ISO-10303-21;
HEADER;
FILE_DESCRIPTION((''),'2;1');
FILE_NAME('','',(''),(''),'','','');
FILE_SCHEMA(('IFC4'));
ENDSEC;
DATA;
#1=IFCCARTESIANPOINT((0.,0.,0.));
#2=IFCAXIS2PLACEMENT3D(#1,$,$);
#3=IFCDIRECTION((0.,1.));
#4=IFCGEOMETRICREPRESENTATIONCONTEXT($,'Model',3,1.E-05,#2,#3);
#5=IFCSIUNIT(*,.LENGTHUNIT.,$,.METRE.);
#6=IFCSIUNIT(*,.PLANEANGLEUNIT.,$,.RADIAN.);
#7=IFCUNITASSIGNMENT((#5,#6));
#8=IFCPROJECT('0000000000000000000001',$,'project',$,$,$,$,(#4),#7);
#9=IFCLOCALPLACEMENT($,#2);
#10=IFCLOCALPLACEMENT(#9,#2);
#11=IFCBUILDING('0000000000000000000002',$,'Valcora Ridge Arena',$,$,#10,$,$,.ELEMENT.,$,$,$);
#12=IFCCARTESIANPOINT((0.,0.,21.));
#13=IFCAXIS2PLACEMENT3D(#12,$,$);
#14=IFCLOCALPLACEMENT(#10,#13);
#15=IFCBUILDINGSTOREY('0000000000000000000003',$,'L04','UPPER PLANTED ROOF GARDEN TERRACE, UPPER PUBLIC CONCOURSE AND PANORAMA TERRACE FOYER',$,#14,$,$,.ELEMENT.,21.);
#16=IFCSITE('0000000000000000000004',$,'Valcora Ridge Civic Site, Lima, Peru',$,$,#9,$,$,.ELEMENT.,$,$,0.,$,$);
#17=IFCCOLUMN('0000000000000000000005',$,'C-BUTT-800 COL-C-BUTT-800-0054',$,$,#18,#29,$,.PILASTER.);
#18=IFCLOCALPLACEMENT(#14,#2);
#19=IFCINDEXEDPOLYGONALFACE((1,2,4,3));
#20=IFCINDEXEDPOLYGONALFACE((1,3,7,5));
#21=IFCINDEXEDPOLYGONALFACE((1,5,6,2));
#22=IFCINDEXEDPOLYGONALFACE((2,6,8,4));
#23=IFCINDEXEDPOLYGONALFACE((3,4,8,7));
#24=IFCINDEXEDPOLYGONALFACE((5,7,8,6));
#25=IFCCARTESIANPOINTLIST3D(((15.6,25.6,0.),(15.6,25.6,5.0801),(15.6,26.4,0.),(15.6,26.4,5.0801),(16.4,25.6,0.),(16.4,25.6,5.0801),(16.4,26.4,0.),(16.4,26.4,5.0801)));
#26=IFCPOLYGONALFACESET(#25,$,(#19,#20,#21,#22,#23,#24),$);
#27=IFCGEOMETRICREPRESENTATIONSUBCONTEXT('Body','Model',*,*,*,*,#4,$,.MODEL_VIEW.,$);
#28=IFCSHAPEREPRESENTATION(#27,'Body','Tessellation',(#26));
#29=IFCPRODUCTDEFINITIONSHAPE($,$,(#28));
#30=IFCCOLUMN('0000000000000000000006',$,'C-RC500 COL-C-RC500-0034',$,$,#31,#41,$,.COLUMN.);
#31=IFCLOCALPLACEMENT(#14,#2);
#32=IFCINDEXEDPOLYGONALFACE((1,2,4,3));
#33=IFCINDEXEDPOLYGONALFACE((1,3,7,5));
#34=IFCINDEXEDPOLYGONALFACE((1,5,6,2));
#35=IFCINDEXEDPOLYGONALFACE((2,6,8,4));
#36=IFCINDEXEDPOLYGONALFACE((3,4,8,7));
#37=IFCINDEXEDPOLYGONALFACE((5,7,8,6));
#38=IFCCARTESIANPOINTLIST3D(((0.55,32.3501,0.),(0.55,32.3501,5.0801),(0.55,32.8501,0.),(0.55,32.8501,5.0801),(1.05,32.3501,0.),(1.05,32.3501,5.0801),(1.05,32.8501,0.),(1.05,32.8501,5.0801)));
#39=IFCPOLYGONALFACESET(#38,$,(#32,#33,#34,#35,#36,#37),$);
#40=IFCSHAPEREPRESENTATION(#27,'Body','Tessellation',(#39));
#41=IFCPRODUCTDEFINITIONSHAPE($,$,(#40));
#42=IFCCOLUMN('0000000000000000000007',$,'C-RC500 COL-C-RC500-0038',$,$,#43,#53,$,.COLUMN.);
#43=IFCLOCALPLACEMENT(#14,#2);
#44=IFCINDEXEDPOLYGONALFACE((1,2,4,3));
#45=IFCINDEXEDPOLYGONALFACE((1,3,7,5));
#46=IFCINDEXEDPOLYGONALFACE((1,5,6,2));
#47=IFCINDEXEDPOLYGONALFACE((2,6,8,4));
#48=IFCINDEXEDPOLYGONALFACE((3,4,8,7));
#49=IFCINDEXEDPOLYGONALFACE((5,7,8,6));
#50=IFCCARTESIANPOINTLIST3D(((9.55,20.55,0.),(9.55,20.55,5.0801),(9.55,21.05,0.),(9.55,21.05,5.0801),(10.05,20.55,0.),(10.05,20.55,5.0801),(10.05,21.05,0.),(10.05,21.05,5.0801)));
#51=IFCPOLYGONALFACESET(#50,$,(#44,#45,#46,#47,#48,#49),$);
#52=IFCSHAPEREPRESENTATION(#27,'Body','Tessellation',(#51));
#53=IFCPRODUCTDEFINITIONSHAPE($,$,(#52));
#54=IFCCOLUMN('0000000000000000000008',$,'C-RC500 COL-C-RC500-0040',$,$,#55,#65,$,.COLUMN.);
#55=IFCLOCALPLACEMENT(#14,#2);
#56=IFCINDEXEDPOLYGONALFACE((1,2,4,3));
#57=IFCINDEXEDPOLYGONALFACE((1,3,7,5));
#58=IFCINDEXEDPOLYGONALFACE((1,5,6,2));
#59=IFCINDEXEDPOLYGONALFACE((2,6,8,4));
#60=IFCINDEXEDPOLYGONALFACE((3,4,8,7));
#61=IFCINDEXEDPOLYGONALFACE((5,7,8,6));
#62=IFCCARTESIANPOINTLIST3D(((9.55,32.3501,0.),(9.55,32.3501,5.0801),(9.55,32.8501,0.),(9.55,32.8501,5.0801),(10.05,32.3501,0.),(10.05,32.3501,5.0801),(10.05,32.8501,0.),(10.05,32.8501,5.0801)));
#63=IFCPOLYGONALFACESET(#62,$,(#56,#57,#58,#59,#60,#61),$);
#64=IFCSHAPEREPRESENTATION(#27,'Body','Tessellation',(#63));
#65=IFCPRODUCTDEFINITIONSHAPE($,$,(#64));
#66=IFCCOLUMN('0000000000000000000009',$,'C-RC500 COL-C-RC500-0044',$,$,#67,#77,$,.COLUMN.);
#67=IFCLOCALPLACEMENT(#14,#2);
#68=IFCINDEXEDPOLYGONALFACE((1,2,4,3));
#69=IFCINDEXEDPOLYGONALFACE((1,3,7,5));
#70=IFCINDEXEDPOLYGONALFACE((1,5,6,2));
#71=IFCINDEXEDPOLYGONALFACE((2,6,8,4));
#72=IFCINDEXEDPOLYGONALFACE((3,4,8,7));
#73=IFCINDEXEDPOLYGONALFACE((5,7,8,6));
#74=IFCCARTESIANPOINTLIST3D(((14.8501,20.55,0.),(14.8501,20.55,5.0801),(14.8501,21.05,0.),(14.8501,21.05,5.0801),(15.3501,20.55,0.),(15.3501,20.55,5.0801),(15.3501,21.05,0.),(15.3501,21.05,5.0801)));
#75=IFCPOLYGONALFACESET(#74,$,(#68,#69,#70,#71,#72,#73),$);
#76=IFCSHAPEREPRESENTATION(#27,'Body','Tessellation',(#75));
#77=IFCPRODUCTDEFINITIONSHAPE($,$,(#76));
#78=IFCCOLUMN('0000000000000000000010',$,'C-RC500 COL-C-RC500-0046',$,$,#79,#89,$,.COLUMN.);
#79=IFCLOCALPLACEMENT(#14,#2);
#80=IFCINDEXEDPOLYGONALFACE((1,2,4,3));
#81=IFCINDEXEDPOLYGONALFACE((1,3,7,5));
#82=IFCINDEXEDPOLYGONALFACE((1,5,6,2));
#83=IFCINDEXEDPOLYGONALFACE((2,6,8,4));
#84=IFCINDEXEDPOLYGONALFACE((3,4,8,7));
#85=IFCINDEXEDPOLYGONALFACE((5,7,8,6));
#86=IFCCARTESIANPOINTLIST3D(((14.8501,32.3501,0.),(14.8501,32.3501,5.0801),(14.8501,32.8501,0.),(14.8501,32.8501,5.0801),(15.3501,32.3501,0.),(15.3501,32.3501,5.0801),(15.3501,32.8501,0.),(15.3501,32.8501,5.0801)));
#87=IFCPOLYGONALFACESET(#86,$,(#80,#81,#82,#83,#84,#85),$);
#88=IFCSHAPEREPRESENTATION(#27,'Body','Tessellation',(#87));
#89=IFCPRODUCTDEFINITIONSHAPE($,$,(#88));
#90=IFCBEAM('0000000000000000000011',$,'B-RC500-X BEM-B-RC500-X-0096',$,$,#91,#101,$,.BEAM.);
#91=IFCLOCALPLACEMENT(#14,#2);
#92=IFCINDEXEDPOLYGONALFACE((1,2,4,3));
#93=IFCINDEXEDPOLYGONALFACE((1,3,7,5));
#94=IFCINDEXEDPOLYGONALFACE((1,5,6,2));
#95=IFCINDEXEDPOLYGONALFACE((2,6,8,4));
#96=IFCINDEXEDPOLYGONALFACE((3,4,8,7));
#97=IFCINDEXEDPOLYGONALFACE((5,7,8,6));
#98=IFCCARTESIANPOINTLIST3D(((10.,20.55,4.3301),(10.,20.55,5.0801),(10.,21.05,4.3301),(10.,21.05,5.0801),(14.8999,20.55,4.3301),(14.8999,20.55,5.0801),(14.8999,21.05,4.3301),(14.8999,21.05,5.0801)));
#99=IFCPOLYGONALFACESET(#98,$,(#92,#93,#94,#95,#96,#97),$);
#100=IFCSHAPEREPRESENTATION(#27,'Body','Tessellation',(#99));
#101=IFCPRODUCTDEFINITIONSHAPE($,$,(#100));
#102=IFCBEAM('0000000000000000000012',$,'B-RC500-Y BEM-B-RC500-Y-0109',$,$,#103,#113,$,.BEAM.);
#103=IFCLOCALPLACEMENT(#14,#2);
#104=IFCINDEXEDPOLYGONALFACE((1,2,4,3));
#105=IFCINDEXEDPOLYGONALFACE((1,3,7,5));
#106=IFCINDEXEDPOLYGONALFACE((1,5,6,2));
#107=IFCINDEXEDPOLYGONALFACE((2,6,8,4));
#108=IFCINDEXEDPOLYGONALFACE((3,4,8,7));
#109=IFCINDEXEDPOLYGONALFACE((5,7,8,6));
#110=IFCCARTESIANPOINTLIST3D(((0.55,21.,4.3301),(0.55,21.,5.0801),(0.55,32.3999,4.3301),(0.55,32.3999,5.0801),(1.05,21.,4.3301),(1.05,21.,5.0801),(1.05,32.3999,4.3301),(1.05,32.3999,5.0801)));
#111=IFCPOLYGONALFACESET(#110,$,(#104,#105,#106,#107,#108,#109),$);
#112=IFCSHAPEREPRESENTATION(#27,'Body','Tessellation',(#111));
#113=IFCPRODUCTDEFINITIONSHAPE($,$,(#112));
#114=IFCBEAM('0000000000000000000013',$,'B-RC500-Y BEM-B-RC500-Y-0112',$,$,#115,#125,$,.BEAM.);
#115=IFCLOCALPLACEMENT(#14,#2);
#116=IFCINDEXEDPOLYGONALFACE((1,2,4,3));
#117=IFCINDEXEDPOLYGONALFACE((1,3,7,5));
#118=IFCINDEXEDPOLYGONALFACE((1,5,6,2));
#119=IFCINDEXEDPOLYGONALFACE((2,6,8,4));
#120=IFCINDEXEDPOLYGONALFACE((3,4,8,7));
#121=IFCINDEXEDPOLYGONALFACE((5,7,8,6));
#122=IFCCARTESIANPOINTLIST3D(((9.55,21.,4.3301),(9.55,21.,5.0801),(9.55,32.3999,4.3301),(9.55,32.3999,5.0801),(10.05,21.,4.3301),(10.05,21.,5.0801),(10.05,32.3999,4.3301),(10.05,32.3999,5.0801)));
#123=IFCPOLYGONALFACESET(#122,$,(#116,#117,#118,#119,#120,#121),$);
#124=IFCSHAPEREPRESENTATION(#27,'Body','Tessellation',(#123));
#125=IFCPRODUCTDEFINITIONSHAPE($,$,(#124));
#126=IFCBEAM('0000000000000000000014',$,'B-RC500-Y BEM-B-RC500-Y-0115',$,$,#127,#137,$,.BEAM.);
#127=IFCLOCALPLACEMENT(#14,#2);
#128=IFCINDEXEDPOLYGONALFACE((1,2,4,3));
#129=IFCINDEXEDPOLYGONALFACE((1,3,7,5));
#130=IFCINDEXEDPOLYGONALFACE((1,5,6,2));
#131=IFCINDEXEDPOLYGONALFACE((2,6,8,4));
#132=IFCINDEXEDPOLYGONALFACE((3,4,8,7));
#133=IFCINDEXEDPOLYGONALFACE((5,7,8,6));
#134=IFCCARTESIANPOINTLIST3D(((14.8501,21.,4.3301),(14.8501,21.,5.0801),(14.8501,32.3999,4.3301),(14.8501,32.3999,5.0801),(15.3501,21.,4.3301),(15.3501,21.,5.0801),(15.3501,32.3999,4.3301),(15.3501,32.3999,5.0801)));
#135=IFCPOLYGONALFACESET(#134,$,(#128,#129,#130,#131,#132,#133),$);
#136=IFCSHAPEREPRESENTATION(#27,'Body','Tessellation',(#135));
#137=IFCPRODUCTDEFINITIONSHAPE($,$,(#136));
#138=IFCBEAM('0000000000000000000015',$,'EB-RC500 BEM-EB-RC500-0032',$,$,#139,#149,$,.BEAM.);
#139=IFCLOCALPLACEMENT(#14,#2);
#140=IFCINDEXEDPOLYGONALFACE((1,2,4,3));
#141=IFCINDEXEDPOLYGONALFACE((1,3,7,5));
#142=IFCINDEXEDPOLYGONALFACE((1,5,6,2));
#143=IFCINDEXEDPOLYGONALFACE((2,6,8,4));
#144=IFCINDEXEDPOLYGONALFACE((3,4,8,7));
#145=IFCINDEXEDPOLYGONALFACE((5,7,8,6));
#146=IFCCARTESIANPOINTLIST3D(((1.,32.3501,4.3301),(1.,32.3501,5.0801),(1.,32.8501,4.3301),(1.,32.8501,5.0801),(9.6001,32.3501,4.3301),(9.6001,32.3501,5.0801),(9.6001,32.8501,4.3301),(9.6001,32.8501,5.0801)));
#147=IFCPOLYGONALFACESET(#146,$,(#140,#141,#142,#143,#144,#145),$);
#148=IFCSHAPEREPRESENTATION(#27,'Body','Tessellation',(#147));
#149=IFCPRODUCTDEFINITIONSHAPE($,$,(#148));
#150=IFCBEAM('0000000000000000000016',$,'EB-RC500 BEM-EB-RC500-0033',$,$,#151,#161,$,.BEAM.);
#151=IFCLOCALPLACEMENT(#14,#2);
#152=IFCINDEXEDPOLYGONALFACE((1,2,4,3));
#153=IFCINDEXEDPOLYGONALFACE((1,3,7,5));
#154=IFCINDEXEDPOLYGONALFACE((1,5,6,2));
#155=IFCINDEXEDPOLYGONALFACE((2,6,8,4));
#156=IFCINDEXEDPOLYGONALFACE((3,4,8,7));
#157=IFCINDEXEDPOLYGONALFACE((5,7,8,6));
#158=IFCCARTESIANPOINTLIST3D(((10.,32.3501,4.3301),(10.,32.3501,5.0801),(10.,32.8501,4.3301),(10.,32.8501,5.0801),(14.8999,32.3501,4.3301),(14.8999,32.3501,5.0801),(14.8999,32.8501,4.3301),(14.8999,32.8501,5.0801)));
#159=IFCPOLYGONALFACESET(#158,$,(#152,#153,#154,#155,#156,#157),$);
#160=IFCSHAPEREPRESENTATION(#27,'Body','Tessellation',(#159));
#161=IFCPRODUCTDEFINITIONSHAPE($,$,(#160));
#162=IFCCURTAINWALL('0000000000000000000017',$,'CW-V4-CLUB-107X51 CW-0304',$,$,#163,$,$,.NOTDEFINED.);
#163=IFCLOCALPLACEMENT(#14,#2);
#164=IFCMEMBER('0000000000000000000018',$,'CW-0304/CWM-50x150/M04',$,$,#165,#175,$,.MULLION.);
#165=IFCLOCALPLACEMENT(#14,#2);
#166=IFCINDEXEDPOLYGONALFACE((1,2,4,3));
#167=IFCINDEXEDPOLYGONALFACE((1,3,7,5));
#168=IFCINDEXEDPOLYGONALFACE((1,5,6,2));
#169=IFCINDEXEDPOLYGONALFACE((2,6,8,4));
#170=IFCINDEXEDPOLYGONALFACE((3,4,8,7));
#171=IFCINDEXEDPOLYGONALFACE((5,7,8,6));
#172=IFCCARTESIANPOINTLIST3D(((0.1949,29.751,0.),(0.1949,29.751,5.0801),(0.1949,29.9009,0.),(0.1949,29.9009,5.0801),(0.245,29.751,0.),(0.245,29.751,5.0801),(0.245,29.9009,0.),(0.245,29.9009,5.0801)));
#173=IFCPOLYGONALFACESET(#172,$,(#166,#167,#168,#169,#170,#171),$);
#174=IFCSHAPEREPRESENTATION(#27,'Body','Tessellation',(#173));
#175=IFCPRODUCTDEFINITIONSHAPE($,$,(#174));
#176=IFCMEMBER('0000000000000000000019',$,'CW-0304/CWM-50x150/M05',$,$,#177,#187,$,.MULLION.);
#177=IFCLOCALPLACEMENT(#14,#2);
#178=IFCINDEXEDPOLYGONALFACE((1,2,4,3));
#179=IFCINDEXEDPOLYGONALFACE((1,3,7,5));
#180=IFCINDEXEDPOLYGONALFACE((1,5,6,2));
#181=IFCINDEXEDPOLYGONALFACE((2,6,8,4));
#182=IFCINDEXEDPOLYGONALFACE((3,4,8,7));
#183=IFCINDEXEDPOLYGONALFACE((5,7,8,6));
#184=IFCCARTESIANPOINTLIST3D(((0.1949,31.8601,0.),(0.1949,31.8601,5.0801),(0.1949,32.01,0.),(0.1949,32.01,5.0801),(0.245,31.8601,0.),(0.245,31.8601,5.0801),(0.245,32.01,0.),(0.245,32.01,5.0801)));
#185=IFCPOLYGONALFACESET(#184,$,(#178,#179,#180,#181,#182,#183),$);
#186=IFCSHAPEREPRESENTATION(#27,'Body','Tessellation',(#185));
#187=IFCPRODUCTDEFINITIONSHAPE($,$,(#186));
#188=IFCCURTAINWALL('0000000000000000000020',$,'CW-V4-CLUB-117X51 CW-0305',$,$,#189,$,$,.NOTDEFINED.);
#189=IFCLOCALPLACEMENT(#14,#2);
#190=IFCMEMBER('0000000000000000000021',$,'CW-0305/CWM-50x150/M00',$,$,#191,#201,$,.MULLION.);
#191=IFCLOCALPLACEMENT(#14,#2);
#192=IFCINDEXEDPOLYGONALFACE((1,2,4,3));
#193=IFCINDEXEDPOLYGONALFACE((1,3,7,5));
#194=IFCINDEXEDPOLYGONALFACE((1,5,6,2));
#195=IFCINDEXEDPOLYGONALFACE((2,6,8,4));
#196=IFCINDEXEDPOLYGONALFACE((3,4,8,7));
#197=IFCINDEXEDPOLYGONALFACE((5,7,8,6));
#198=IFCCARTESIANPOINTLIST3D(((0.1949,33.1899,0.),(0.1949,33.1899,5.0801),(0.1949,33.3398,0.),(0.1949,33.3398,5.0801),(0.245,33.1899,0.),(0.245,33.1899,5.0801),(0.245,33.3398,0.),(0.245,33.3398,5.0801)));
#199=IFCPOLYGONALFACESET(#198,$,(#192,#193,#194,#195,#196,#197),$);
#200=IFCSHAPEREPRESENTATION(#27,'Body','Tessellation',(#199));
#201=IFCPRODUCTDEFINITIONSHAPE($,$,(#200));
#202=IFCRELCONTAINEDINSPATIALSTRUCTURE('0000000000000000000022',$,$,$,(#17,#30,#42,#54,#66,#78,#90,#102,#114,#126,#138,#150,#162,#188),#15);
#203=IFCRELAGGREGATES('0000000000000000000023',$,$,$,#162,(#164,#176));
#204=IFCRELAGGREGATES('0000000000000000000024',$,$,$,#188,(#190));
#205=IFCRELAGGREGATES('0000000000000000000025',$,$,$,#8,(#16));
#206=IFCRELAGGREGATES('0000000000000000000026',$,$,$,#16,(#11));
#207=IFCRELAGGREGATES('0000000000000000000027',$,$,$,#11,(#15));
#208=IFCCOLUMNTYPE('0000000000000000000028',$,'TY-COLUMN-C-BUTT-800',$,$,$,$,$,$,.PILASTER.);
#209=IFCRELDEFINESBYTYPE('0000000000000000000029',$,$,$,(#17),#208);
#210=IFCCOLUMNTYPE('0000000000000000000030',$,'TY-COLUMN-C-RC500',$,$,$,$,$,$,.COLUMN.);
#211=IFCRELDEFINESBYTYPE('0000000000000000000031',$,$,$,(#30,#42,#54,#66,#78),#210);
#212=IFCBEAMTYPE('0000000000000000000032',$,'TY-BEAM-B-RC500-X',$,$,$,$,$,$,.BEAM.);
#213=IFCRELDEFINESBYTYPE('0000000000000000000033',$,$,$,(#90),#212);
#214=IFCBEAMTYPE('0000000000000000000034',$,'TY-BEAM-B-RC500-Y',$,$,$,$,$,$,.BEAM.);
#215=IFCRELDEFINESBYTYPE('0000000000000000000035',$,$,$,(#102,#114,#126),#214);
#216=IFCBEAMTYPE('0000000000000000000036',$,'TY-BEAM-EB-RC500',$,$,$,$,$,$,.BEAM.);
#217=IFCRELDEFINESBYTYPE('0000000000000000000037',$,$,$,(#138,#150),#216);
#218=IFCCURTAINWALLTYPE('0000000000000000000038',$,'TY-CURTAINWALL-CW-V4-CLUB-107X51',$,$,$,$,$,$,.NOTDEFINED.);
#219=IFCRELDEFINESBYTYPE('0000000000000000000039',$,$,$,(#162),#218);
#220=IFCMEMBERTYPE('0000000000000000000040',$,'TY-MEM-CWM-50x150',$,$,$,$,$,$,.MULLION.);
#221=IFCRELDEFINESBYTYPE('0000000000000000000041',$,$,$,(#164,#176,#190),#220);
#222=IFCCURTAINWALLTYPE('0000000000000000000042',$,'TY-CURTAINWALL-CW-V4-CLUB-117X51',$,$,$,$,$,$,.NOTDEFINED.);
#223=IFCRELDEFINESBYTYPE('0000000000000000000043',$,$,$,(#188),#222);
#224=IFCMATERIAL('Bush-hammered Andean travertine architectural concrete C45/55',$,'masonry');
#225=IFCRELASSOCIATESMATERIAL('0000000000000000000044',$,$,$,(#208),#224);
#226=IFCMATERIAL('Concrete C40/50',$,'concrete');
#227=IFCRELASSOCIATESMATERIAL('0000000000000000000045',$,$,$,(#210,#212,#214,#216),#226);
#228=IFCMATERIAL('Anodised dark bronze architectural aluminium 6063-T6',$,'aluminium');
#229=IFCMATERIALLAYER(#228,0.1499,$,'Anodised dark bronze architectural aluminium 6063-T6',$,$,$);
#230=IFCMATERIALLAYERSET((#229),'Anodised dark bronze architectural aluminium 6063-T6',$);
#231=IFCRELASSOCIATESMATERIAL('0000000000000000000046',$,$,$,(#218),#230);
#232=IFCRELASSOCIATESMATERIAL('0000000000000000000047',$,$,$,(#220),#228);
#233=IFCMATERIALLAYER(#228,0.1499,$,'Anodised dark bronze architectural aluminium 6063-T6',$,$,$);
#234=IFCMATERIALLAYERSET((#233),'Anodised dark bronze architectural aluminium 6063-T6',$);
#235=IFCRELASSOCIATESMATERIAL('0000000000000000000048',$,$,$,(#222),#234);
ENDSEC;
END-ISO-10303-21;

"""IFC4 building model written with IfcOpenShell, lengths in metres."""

from ifc_helpers import new_model, si_unit, direction, frame, origin, origin_2d, place, context, subcontext, project, spatial, rectangle, extrude, material, layer, layer_set, material_profile, profile_set, type_object, element, aggregate, save


model = new_model("IFC4")

# Units and contexts
model_context = context("Model", 3, precision=1e-05, world=origin(), true_north=direction((0.0, 1.0)))
body_context = subcontext(model_context, "Body", "Model", "MODEL_VIEW")
ifc_project = project(units=[si_unit("LENGTHUNIT", "METRE"), si_unit("PLANEANGLEUNIT", "RADIAN")], contexts=[model_context])

# Site, building, storey
site_placement = place(None, origin())
site = spatial("IfcSite", under=ifc_project, at=site_placement, Name="Valcora Ridge Civic Site, Lima, Peru", CompositionType="ELEMENT", RefElevation=0.0)
building_placement = place(site_placement, origin())
building = spatial("IfcBuilding", under=site, at=building_placement, Name="Valcora Ridge Arena", CompositionType="ELEMENT")
storey_placement = place(building_placement, frame((0.0, 0.0, 21.0)))
storey = spatial("IfcBuildingStorey", under=building, at=storey_placement, Name="L04", Description="UPPER PLANTED ROOF GARDEN TERRACE, UPPER PUBLIC CONCOURSE AND PANORAMA TERRACE FOYER", CompositionType="ELEMENT", Elevation=21.0)

# Columns
ifc_material_1 = material(Name="Bush-hammered Andean travertine architectural concrete C45/55", Category="masonry")
ifc_material_profile_1 = material_profile(ifc_material_1, rectangle(XDim=0.8, YDim=0.8, at=origin_2d()), Name="RC 800x800")
ifc_profile_set_1 = profile_set([ifc_material_profile_1], Name="Bush-hammered Andean travertine architectural concrete C45/55")
column_type_1 = type_object("IfcColumnType", Name="TY-COLUMN-C-BUTT-800", PredefinedType="PILASTER", material=ifc_profile_set_1)
column_placement = place(storey_placement, frame((16.0, 26.0, 0.0), z_axis=(0.0, 0.0, 1.0), x_axis=(1.0, 0.0, 0.0)))
element("IfcColumn", 1, at=column_placement, inside=storey, type_object=column_type_1, Name="C-BUTT-800 COL-C-BUTT-800-0054", PredefinedType="PILASTER", context=body_context, shape_type="SweptSolid", body=[
    extrude(rectangle(XDim=0.8, YDim=0.8, at=origin_2d()), origin(), (0.0, 0.0, 1.0), 5.0801),
])
ifc_material_2 = material(Name="Concrete C40/50", Category="concrete")
ifc_material_profile_2 = material_profile(ifc_material_2, rectangle(XDim=0.5, YDim=0.5, at=origin_2d()), Name="RC 500x500")
ifc_profile_set_2 = profile_set([ifc_material_profile_2], Name="Concrete C40/50")
column_type_2 = type_object("IfcColumnType", Name="TY-COLUMN-C-RC500", PredefinedType="COLUMN", material=ifc_profile_set_2)
for number, where, z_axis, x_axis, name in (
    (2, (0.8, 32.6001, 0.0), (0.0, 0.0, 1.0), (1.0, 0.0, 0.0), "C-RC500 COL-C-RC500-0034"),
    (3, (9.8, 20.8, 0.0), (0.0, 0.0, 1.0), (1.0, 0.0, 0.0), "C-RC500 COL-C-RC500-0038"),
    (4, (9.8, 32.6001, 0.0), (0.0, 0.0, 1.0), (1.0, 0.0, 0.0), "C-RC500 COL-C-RC500-0040"),
    (5, (15.1001, 20.8, 0.0), (0.0, 0.0, 1.0), (1.0, 0.0, 0.0), "C-RC500 COL-C-RC500-0044"),
    (6, (15.1001, 32.6001, 0.0), (0.0, 0.0, 1.0), (1.0, 0.0, 0.0), "C-RC500 COL-C-RC500-0046"),
):
    element("IfcColumn", number, at=place(storey_placement, frame(where, z_axis=z_axis, x_axis=x_axis)), inside=storey, type_object=column_type_2, Name=name, PredefinedType="COLUMN", context=body_context, shape_type="SweptSolid", body=[
        extrude(rectangle(XDim=0.5, YDim=0.5, at=origin_2d()), origin(), (0.0, 0.0, 1.0), 5.0801),
    ])

# Beams
ifc_material_profile_3 = material_profile(ifc_material_2, rectangle(XDim=0.5, YDim=0.75, at=origin_2d()), Name="RC 500x750")
ifc_profile_set_3 = profile_set([ifc_material_profile_3], Name="Concrete C40/50")
beam_type_1 = type_object("IfcBeamType", Name="TY-BEAM-B-RC500-X", PredefinedType="BEAM", material=ifc_profile_set_3)
beam_1_placement = place(storey_placement, frame((10.0, 20.8, 4.7051), z_axis=(1.0, 0.0, 0.0), x_axis=(0.0, 1.0, 0.0)))
element("IfcBeam", 7, at=beam_1_placement, inside=storey, type_object=beam_type_1, Name="B-RC500-X BEM-B-RC500-X-0096", PredefinedType="BEAM", context=body_context, shape_type="SweptSolid", body=[
    extrude(rectangle(XDim=0.5, YDim=0.75, at=origin_2d()), origin(), (0.0, 0.0, 1.0), 4.8999),
])
ifc_material_profile_4 = material_profile(ifc_material_2, rectangle(XDim=0.5, YDim=0.75, at=origin_2d()), Name="RC 500x750")
ifc_profile_set_4 = profile_set([ifc_material_profile_4], Name="Concrete C40/50")
beam_type_2 = type_object("IfcBeamType", Name="TY-BEAM-B-RC500-Y", PredefinedType="BEAM", material=ifc_profile_set_4)
for number, where, z_axis, x_axis, name in (
    (8, (0.8, 21.0, 4.7051), (0.0, 1.0, 0.0), (-1.0, 0.0, 0.0), "B-RC500-Y BEM-B-RC500-Y-0109"),
    (9, (9.8, 21.0, 4.7051), (0.0, 1.0, 0.0), (-1.0, 0.0, 0.0), "B-RC500-Y BEM-B-RC500-Y-0112"),
    (10, (15.1001, 21.0, 4.7051), (0.0, 1.0, 0.0), (-1.0, 0.0, 0.0), "B-RC500-Y BEM-B-RC500-Y-0115"),
):
    element("IfcBeam", number, at=place(storey_placement, frame(where, z_axis=z_axis, x_axis=x_axis)), inside=storey, type_object=beam_type_2, Name=name, PredefinedType="BEAM", context=body_context, shape_type="SweptSolid", body=[
        extrude(rectangle(XDim=0.5, YDim=0.75, at=origin_2d()), origin(), (0.0, 0.0, 1.0), 11.3999),
    ])
ifc_material_profile_5 = material_profile(ifc_material_2, rectangle(XDim=0.5, YDim=0.75, at=origin_2d()), Name="RC 500x750")
ifc_profile_set_5 = profile_set([ifc_material_profile_5], Name="Concrete C40/50")
beam_type_3 = type_object("IfcBeamType", Name="TY-BEAM-EB-RC500", PredefinedType="BEAM", material=ifc_profile_set_5)
beam_2_placement = place(storey_placement, frame((1.0, 32.6001, 4.7051), z_axis=(1.0, 0.0, 0.0), x_axis=(0.0, 1.0, 0.0)))
element("IfcBeam", 11, at=beam_2_placement, inside=storey, type_object=beam_type_3, Name="EB-RC500 BEM-EB-RC500-0032", PredefinedType="BEAM", context=body_context, shape_type="SweptSolid", body=[
    extrude(rectangle(XDim=0.5, YDim=0.75, at=origin_2d()), origin(), (0.0, 0.0, 1.0), 8.6001),
])
beam_3_placement = place(storey_placement, frame((10.0, 32.6001, 4.7051), z_axis=(1.0, 0.0, 0.0), x_axis=(0.0, 1.0, 0.0)))
element("IfcBeam", 12, at=beam_3_placement, inside=storey, type_object=beam_type_3, Name="EB-RC500 BEM-EB-RC500-0033", PredefinedType="BEAM", context=body_context, shape_type="SweptSolid", body=[
    extrude(rectangle(XDim=0.5, YDim=0.75, at=origin_2d()), origin(), (0.0, 0.0, 1.0), 4.8999),
])

# Curtain wall, members
ifc_material_3 = material(Name="Anodised dark bronze architectural aluminium 6063-T6", Category="aluminium")
ifc_layer_1 = layer(ifc_material_3, 0.1499, Name="Anodised dark bronze architectural aluminium 6063-T6")
ifc_layer_set_1 = layer_set([ifc_layer_1], Name="Anodised dark bronze architectural aluminium 6063-T6")
curtain_wall_type_1 = type_object("IfcCurtainWallType", Name="TY-CURTAINWALL-CW-V4-CLUB-107X51", PredefinedType="NOTDEFINED", material=ifc_layer_set_1)
curtain_wall_1_placement = place(storey_placement, origin())
curtain_wall_1 = element("IfcCurtainWall", 13, at=curtain_wall_1_placement, inside=storey, type_object=curtain_wall_type_1, Name="CW-V4-CLUB-107X51 CW-0304", PredefinedType="NOTDEFINED")
ifc_material_profile_6 = material_profile(ifc_material_3, rectangle(XDim=0.05, YDim=0.1499, at=origin_2d()), Name="ALU MULLION 50x150")
ifc_profile_set_6 = profile_set([ifc_material_profile_6], Name="Anodised dark bronze architectural aluminium 6063-T6")
member_type_1 = type_object("IfcMemberType", Name="TY-MEM-CWM-50x150", PredefinedType="MULLION", material=ifc_profile_set_6)
member_1_placement = place(storey_placement, frame((0.22, 29.8259, 0.0), z_axis=(0.0, 0.0, 1.0), x_axis=(-1.0, 0.0, 0.0)))
member_1 = element("IfcMember", 14, at=member_1_placement, type_object=member_type_1, Name="CW-0304/CWM-50x150/M04", PredefinedType="MULLION", context=body_context, shape_type="SweptSolid", body=[
    extrude(rectangle(XDim=0.05, YDim=0.1499, at=origin_2d()), origin(), (0.0, 0.0, 1.0), 5.0801),
])
member_2_placement = place(storey_placement, frame((0.22, 31.9351, 0.0), z_axis=(0.0, 0.0, 1.0), x_axis=(-1.0, 0.0, 0.0)))
member_2 = element("IfcMember", 15, at=member_2_placement, type_object=member_type_1, Name="CW-0304/CWM-50x150/M05", PredefinedType="MULLION", context=body_context, shape_type="SweptSolid", body=[
    extrude(rectangle(XDim=0.05, YDim=0.1499, at=origin_2d()), origin(), (0.0, 0.0, 1.0), 5.0801),
])

# Curtain wall, member
ifc_layer_2 = layer(ifc_material_3, 0.1499, Name="Anodised dark bronze architectural aluminium 6063-T6")
ifc_layer_set_2 = layer_set([ifc_layer_2], Name="Anodised dark bronze architectural aluminium 6063-T6")
curtain_wall_type_2 = type_object("IfcCurtainWallType", Name="TY-CURTAINWALL-CW-V4-CLUB-117X51", PredefinedType="NOTDEFINED", material=ifc_layer_set_2)
curtain_wall_2_placement = place(storey_placement, origin())
curtain_wall_2 = element("IfcCurtainWall", 16, at=curtain_wall_2_placement, inside=storey, type_object=curtain_wall_type_2, Name="CW-V4-CLUB-117X51 CW-0305", PredefinedType="NOTDEFINED")
member_3_placement = place(storey_placement, frame((0.22, 33.2649, 0.0), z_axis=(0.0, 0.0, 1.0), x_axis=(-1.0, 0.0, 0.0)))
member_3 = element("IfcMember", 17, at=member_3_placement, type_object=member_type_1, Name="CW-0305/CWM-50x150/M00", PredefinedType="MULLION", context=body_context, shape_type="SweptSolid", body=[
    extrude(rectangle(XDim=0.05, YDim=0.1499, at=origin_2d()), origin(), (0.0, 0.0, 1.0), 5.0801),
])

aggregate(curtain_wall_1, [member_1, member_2])
aggregate(curtain_wall_2, [member_3])

save(model, "model.ifc")
